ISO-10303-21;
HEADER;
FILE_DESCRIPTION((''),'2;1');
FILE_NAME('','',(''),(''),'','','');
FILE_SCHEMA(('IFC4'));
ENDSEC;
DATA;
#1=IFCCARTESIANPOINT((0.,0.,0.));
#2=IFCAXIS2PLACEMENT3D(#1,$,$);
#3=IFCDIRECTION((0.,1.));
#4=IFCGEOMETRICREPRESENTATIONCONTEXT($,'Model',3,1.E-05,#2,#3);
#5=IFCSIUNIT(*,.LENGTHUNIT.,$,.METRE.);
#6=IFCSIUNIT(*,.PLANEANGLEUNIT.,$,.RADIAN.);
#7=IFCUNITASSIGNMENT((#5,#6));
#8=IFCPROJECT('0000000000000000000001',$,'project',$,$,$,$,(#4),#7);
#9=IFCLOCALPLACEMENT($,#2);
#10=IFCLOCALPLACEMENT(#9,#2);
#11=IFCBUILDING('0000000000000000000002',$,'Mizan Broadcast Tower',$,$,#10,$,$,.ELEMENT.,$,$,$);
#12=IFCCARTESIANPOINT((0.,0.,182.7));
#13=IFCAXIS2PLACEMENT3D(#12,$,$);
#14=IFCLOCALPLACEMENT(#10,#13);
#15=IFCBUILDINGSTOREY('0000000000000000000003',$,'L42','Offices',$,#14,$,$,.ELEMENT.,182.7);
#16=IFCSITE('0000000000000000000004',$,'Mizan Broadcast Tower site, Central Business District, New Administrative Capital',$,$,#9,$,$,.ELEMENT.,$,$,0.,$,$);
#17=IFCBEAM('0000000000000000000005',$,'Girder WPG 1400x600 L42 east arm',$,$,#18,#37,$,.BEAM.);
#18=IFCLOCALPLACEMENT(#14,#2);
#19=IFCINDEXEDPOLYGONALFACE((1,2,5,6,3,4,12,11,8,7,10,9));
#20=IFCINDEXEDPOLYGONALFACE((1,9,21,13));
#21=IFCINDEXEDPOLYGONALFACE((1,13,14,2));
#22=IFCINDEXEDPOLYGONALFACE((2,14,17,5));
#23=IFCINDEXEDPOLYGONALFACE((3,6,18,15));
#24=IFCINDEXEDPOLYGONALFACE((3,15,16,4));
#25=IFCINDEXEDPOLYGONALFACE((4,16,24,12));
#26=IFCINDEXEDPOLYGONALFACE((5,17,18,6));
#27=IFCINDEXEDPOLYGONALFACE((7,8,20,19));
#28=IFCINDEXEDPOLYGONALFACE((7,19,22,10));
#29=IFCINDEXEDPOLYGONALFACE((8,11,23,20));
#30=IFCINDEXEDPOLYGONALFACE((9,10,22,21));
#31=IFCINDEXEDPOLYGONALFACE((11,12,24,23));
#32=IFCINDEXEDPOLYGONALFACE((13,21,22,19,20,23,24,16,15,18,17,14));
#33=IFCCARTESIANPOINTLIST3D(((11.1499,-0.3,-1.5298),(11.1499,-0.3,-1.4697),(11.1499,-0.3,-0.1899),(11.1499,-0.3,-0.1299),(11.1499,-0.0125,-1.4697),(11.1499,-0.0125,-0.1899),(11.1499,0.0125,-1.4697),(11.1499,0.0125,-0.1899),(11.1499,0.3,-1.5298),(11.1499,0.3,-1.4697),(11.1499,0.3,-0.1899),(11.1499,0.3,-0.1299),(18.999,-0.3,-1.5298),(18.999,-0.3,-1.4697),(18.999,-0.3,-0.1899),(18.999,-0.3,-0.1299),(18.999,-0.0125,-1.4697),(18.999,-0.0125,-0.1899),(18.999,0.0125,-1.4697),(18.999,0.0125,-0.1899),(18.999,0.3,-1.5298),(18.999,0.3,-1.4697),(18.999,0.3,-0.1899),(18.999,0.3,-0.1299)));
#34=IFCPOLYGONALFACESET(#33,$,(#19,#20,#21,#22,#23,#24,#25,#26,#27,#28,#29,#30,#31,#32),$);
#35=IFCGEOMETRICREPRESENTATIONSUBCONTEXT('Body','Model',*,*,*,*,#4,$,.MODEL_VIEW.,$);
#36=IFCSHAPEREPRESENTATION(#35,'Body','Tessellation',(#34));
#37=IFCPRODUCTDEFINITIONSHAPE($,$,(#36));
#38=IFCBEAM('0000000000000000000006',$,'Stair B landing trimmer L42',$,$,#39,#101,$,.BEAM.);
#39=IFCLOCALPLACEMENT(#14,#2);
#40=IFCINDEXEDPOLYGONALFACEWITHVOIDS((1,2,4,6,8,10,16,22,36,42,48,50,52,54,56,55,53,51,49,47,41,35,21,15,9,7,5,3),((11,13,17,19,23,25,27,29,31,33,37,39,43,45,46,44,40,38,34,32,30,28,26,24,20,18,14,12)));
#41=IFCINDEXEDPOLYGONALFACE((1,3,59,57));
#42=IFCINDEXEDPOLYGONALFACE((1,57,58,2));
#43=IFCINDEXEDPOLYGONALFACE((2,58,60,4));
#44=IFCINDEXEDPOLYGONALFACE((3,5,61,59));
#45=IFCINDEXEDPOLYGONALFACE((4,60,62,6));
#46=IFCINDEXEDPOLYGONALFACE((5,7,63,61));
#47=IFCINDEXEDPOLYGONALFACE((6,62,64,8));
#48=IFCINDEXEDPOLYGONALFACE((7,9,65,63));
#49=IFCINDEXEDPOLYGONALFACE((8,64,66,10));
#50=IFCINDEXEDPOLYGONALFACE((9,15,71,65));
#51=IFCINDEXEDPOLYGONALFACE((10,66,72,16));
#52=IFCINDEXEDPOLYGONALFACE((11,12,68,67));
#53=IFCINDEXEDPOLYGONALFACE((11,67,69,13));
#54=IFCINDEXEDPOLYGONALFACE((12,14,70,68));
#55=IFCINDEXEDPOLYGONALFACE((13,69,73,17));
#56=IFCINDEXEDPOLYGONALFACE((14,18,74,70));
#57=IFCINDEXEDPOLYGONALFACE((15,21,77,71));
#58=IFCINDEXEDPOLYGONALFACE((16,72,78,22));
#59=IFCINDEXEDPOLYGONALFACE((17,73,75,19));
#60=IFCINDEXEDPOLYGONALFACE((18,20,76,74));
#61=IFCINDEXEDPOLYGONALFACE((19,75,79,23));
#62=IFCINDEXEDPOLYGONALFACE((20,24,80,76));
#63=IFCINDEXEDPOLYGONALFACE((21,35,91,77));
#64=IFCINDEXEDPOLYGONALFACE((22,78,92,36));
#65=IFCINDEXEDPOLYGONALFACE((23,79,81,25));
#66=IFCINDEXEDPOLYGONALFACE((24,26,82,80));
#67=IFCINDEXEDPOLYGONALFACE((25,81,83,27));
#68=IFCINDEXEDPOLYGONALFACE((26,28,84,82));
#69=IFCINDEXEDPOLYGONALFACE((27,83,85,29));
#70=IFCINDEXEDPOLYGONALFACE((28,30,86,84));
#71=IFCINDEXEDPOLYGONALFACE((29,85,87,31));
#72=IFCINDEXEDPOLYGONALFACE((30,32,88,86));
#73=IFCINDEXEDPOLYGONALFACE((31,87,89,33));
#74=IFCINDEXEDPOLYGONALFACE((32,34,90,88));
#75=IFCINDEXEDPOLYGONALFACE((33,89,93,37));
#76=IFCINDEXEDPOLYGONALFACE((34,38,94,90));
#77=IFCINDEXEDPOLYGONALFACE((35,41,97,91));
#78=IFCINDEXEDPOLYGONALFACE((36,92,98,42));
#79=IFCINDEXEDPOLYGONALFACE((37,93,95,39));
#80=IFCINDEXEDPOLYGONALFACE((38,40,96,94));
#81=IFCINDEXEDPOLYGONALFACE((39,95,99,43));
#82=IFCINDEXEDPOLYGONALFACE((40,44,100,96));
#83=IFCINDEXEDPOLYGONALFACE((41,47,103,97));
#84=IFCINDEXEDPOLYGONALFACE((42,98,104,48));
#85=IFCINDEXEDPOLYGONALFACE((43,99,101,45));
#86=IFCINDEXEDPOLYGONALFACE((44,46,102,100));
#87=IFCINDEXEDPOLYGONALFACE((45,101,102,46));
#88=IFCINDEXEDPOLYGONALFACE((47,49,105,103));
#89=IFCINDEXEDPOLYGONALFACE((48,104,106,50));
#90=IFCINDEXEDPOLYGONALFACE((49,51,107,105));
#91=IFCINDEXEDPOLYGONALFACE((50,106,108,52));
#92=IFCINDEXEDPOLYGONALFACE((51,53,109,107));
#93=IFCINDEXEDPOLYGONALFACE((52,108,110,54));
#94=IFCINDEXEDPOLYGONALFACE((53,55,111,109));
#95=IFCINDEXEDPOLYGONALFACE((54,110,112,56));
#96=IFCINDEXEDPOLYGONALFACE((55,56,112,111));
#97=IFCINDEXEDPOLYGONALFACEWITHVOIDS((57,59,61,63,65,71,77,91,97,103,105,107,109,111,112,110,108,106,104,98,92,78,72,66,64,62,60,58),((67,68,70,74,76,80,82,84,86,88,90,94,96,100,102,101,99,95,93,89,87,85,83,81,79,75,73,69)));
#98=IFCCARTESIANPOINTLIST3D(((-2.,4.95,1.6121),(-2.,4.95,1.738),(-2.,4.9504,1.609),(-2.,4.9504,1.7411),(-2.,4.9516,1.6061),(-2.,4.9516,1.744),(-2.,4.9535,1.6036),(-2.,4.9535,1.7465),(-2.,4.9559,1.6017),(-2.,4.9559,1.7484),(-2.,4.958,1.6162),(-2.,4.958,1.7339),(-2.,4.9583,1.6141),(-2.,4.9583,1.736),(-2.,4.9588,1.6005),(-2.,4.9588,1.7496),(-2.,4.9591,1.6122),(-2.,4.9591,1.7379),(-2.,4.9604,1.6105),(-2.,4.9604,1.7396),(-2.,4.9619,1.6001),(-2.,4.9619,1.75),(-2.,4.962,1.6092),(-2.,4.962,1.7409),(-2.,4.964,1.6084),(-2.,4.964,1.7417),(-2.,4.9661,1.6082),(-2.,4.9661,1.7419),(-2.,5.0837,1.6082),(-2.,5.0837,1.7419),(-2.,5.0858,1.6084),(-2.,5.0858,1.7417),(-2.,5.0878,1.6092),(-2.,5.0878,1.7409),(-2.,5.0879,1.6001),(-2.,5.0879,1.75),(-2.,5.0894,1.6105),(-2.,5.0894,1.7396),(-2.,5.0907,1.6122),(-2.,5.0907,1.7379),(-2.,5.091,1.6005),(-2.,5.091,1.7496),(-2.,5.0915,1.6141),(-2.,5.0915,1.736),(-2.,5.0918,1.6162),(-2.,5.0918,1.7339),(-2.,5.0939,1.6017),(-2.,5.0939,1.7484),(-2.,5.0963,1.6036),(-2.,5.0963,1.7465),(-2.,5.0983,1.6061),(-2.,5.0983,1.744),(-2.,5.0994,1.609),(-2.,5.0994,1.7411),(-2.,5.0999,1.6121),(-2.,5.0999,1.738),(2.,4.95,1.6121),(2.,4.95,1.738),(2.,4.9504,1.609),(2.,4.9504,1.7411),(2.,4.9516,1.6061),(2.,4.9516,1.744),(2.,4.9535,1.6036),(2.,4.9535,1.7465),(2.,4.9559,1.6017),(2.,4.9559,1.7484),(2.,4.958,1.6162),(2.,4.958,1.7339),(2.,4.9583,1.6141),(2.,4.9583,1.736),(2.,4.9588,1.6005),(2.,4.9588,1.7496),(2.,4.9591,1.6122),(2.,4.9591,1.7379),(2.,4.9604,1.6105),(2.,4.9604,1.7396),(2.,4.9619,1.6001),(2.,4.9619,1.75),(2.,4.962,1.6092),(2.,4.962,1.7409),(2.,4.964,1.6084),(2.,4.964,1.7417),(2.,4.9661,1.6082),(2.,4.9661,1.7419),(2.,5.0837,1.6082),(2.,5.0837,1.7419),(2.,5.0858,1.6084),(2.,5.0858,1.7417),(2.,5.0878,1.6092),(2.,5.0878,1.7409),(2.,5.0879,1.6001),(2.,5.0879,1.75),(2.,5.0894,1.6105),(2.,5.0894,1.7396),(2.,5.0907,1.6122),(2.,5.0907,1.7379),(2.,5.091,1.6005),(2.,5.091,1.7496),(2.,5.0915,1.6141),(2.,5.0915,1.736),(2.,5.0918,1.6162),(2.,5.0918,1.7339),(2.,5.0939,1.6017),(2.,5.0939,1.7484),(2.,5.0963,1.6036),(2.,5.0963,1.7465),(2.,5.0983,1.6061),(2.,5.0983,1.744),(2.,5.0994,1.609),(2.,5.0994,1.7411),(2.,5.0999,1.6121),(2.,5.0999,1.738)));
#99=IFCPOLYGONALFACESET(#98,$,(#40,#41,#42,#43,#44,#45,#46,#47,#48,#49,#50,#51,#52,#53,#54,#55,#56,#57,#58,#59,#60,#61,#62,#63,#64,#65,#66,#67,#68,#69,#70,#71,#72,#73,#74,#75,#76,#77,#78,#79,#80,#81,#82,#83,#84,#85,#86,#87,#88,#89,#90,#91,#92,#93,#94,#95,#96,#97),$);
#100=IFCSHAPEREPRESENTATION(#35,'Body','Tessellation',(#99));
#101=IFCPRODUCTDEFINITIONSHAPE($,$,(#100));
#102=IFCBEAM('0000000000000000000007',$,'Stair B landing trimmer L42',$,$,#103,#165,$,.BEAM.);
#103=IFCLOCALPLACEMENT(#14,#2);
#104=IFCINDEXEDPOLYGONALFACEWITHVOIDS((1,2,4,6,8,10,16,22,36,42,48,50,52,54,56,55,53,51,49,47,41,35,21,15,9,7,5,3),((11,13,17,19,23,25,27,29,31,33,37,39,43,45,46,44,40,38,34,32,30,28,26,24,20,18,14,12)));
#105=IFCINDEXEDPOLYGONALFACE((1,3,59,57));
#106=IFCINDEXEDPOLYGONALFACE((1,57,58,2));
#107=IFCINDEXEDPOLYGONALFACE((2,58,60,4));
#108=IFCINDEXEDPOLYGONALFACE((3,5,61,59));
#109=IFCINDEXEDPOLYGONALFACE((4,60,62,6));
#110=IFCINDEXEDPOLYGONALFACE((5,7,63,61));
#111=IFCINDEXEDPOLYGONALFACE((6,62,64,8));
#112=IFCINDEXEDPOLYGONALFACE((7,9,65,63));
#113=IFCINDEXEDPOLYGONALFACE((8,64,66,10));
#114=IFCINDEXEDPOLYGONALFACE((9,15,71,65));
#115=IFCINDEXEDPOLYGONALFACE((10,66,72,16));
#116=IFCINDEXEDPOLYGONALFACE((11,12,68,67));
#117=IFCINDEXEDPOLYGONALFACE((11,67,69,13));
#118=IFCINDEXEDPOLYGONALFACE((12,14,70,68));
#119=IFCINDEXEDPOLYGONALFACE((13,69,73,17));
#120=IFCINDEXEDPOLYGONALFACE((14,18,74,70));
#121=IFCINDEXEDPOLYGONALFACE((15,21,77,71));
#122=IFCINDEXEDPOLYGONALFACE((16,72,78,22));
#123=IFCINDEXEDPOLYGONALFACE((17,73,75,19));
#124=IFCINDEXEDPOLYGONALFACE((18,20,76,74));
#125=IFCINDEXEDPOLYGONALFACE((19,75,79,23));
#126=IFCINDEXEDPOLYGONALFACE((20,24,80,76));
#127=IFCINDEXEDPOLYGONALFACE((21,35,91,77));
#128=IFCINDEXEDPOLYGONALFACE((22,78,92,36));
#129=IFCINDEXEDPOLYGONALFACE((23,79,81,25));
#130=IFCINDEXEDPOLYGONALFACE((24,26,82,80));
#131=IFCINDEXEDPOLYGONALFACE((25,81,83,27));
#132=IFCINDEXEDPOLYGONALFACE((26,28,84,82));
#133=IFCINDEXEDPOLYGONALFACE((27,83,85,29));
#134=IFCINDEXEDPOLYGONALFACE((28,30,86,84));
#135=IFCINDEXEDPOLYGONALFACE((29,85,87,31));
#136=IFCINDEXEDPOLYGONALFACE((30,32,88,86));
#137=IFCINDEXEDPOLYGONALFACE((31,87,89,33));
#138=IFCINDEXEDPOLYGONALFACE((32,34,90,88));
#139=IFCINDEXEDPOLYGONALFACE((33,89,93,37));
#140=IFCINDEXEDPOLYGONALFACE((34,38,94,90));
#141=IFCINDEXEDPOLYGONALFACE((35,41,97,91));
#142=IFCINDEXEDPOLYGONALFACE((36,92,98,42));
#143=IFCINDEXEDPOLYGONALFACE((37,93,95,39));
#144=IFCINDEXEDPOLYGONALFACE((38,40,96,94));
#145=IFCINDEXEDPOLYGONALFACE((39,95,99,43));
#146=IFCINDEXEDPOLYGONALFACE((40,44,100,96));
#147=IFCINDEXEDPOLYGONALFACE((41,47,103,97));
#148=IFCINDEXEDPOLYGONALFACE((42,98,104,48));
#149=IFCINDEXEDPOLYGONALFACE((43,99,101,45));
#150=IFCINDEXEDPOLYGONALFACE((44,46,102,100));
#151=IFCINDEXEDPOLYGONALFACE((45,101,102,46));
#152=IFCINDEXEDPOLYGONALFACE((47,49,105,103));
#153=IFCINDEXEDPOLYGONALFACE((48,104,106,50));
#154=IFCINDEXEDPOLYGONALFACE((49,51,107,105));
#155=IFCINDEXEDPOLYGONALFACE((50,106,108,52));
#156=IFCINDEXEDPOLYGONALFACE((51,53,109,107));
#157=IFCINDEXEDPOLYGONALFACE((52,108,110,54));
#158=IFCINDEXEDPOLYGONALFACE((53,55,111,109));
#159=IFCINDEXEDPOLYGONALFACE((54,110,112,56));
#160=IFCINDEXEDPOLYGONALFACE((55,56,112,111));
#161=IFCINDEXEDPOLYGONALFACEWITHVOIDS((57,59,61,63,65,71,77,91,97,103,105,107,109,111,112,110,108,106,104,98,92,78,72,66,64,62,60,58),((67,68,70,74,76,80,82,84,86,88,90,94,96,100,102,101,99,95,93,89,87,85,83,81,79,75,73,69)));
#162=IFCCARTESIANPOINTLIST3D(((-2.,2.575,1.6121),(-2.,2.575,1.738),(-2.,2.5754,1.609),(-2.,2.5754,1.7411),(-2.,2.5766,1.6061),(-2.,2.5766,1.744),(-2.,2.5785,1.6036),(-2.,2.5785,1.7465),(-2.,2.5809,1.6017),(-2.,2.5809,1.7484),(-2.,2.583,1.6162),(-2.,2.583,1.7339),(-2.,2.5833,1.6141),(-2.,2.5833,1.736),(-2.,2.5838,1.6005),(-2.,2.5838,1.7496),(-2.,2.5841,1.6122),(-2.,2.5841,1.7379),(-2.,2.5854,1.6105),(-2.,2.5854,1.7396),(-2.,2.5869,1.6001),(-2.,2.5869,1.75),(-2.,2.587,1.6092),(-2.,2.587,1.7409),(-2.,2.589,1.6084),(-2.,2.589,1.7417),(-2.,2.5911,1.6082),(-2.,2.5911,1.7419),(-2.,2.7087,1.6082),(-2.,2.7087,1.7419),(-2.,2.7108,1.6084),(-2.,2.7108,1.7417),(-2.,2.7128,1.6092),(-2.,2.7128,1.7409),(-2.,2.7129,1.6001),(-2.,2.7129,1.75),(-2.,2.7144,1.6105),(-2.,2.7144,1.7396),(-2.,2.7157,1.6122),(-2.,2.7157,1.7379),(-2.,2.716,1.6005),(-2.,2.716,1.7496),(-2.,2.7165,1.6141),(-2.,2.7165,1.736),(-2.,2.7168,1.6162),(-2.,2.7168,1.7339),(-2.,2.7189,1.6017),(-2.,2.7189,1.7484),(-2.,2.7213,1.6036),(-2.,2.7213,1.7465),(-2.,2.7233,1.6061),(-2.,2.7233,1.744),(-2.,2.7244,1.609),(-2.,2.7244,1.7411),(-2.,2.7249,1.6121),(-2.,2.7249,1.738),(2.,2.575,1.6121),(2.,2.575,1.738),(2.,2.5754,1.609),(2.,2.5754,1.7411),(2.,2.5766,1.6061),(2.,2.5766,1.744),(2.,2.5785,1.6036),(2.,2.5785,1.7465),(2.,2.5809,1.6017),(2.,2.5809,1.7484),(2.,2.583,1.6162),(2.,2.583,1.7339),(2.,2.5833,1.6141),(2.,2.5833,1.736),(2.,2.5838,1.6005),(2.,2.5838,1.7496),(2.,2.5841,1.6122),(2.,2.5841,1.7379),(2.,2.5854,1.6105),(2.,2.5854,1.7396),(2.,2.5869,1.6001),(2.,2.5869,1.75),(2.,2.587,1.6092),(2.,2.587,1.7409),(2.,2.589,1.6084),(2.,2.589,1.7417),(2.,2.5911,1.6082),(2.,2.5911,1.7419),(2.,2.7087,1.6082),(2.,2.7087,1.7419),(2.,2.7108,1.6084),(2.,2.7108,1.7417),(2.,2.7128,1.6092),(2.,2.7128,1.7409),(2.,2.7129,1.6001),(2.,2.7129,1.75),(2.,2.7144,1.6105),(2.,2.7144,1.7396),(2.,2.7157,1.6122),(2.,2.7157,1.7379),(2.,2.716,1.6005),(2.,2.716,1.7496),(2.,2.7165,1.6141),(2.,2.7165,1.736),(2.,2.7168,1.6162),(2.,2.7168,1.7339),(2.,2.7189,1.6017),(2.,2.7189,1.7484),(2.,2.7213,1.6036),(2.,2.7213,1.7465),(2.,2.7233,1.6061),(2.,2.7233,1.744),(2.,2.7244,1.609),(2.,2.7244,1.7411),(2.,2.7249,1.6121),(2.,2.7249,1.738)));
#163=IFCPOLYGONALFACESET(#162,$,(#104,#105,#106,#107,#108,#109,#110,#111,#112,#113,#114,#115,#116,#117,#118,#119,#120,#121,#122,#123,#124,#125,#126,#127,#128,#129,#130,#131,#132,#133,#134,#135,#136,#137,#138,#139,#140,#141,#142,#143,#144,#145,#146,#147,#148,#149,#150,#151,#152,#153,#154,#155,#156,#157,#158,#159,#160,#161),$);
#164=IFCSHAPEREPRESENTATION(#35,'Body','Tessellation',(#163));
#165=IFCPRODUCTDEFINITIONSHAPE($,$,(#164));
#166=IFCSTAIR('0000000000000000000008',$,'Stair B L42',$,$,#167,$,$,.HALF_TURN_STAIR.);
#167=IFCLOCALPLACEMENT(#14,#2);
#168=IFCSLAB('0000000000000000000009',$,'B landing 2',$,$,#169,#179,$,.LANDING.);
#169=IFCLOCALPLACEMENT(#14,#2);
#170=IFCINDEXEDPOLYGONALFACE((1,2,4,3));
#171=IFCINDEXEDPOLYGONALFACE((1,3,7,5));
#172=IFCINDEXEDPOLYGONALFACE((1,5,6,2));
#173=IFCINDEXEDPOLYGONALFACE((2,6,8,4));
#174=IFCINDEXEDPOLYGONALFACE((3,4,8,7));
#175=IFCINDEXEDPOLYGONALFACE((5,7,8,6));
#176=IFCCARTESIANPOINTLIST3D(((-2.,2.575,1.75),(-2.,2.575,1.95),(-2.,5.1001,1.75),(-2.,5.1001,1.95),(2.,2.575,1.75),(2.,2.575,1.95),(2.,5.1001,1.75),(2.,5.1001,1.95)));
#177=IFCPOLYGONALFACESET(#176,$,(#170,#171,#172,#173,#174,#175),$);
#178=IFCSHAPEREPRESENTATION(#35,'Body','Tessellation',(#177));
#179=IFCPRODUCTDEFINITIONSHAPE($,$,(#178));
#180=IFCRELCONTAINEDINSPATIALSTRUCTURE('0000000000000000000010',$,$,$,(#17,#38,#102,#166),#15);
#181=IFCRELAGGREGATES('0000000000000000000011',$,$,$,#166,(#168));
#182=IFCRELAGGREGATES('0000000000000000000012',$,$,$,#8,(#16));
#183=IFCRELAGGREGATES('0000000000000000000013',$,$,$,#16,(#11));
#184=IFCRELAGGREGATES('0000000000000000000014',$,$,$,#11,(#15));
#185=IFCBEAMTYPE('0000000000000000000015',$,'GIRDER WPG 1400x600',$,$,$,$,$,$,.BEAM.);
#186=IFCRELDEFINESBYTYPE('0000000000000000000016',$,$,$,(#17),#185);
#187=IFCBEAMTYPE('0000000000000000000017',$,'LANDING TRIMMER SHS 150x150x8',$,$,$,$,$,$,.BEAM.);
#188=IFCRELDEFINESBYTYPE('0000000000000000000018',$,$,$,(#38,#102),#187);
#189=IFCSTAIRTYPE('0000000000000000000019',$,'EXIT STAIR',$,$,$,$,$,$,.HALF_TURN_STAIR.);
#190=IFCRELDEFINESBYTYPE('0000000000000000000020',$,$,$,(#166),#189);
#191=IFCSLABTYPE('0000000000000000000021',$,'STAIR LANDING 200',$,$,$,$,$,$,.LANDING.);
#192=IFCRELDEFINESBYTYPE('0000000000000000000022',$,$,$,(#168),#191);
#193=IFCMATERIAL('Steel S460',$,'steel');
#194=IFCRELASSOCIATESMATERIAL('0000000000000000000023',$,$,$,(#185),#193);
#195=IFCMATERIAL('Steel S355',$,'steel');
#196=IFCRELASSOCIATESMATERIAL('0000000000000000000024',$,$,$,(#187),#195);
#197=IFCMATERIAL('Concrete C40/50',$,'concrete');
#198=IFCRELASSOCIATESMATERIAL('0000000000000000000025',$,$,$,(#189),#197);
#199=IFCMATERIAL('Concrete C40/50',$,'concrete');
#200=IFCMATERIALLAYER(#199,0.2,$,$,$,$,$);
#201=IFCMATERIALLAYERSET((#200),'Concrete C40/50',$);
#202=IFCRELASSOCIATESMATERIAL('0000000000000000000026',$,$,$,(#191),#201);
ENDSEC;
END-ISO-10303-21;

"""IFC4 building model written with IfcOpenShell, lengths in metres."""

from ifc_helpers import new_model, si_unit, direction, frame, origin, origin_2d, place, context, subcontext, project, spatial, polyline, hollow_rectangle, i_section, outline, extrude, material, layer, layer_set, material_profile, profile_set, type_object, element, aggregate, save


model = new_model("IFC4")

# Units and contexts
model_context = context("Model", 3, precision=1e-05, world=origin(), true_north=direction((0.0, 1.0)))
body_context = subcontext(model_context, "Body", "Model", "MODEL_VIEW")
ifc_project = project(units=[si_unit("LENGTHUNIT", "METRE"), si_unit("PLANEANGLEUNIT", "RADIAN")], contexts=[model_context])

# Site, building, storey
site_placement = place(None, origin())
site = spatial("IfcSite", under=ifc_project, at=site_placement, Name="Mizan Broadcast Tower site, Central Business District, New Administrative Capital", CompositionType="ELEMENT", RefElevation=0.0)
building_placement = place(site_placement, origin())
building = spatial("IfcBuilding", under=site, at=building_placement, Name="Mizan Broadcast Tower", CompositionType="ELEMENT")
storey_placement = place(building_placement, frame((0.0, 0.0, 182.7)))
storey = spatial("IfcBuildingStorey", under=building, at=storey_placement, Name="L42", Description="Offices", CompositionType="ELEMENT", Elevation=182.7)

# Beams
ifc_material_1 = material(Name="Steel S460", Category="steel")
ifc_material_profile_1 = material_profile(ifc_material_1, i_section(OverallWidth=0.6001, OverallDepth=1.3999, WebThickness=0.0249, FlangeThickness=0.0601, at=origin_2d()), Name="WPG 1400x600")
ifc_profile_set_1 = profile_set([ifc_material_profile_1], Name="Steel S460")
beam_type_1 = type_object("IfcBeamType", Name="GIRDER WPG 1400x600", PredefinedType="BEAM", material=ifc_profile_set_1)
beam_placement = place(storey_placement, frame((11.1499, 0.0, -0.8298), z_axis=(1.0, 0.0, 0.0), x_axis=(0.0, 1.0, 0.0)))
element("IfcBeam", 1, at=beam_placement, inside=storey, type_object=beam_type_1, Name="Girder WPG 1400x600 L42 east arm", PredefinedType="BEAM", context=body_context, shape_type="SweptSolid", body=[
    extrude(i_section(OverallWidth=0.6001, OverallDepth=1.3999, WebThickness=0.0249, FlangeThickness=0.0601, at=origin_2d()), origin(), (0.0, 0.0, 1.0), 7.8491),
])
ifc_material_2 = material(Name="Steel S355", Category="steel")
ifc_material_profile_2 = material_profile(ifc_material_2, hollow_rectangle(XDim=0.1499, YDim=0.1499, WallThickness=0.0081, InnerFilletRadius=0.0081, OuterFilletRadius=0.012, at=origin_2d()), Name="SHS 150x150x8")
ifc_profile_set_2 = profile_set([ifc_material_profile_2], Name="Steel S355")
beam_type_2 = type_object("IfcBeamType", Name="LANDING TRIMMER SHS 150x150x8", PredefinedType="BEAM", material=ifc_profile_set_2)
for number, where, z_axis, x_axis, name in (
    (2, (2.0, 5.0249, 1.675), (-1.0, 0.0, 0.0), (0.0, -1.0, 0.0), "Stair B landing trimmer L42"),
    (3, (2.0, 2.6499, 1.675), (-1.0, 0.0, 0.0), (0.0, -1.0, 0.0), "Stair B landing trimmer L42"),
):
    element("IfcBeam", number, at=place(storey_placement, frame(where, z_axis=z_axis, x_axis=x_axis)), inside=storey, type_object=beam_type_2, Name=name, PredefinedType="BEAM", context=body_context, shape_type="SweptSolid", body=[
        extrude(hollow_rectangle(XDim=0.1499, YDim=0.1499, WallThickness=0.0081, InnerFilletRadius=0.0081, OuterFilletRadius=0.012, at=origin_2d()), origin(), (0.0, 0.0, 1.0), 4.0),
    ])

# Stair, slab
ifc_material_3 = material(Name="Concrete C40/50", Category="concrete")
stair_type = type_object("IfcStairType", Name="EXIT STAIR", PredefinedType="HALF_TURN_STAIR", material=ifc_material_3)
stair_placement = place(storey_placement, origin())
stair = element("IfcStair", 4, at=stair_placement, inside=storey, type_object=stair_type, Name="Stair B L42", PredefinedType="HALF_TURN_STAIR")
ifc_material_4 = material(Name="Concrete C40/50", Category="concrete")
ifc_layer_1 = layer(ifc_material_4, 0.2)
ifc_layer_set_1 = layer_set([ifc_layer_1], Name="Concrete C40/50")
slab_type = type_object("IfcSlabType", Name="STAIR LANDING 200", PredefinedType="LANDING", material=ifc_layer_set_1)
slab_placement = place(storey_placement, frame((0.0, 0.0, 1.75)))
slab = element("IfcSlab", 5, at=slab_placement, type_object=slab_type, Name="B landing 2", PredefinedType="LANDING", context=body_context, shape_type="SweptSolid", body=[
    extrude(outline(polyline([(2.0, 5.1001), (2.0, 2.575), (-2.0, 2.575), (-2.0, 5.1001), (2.0, 5.1001)])), origin(), (0.0, 0.0, 1.0), 0.2),
])

aggregate(stair, [slab])

save(model, "model.ifc")
